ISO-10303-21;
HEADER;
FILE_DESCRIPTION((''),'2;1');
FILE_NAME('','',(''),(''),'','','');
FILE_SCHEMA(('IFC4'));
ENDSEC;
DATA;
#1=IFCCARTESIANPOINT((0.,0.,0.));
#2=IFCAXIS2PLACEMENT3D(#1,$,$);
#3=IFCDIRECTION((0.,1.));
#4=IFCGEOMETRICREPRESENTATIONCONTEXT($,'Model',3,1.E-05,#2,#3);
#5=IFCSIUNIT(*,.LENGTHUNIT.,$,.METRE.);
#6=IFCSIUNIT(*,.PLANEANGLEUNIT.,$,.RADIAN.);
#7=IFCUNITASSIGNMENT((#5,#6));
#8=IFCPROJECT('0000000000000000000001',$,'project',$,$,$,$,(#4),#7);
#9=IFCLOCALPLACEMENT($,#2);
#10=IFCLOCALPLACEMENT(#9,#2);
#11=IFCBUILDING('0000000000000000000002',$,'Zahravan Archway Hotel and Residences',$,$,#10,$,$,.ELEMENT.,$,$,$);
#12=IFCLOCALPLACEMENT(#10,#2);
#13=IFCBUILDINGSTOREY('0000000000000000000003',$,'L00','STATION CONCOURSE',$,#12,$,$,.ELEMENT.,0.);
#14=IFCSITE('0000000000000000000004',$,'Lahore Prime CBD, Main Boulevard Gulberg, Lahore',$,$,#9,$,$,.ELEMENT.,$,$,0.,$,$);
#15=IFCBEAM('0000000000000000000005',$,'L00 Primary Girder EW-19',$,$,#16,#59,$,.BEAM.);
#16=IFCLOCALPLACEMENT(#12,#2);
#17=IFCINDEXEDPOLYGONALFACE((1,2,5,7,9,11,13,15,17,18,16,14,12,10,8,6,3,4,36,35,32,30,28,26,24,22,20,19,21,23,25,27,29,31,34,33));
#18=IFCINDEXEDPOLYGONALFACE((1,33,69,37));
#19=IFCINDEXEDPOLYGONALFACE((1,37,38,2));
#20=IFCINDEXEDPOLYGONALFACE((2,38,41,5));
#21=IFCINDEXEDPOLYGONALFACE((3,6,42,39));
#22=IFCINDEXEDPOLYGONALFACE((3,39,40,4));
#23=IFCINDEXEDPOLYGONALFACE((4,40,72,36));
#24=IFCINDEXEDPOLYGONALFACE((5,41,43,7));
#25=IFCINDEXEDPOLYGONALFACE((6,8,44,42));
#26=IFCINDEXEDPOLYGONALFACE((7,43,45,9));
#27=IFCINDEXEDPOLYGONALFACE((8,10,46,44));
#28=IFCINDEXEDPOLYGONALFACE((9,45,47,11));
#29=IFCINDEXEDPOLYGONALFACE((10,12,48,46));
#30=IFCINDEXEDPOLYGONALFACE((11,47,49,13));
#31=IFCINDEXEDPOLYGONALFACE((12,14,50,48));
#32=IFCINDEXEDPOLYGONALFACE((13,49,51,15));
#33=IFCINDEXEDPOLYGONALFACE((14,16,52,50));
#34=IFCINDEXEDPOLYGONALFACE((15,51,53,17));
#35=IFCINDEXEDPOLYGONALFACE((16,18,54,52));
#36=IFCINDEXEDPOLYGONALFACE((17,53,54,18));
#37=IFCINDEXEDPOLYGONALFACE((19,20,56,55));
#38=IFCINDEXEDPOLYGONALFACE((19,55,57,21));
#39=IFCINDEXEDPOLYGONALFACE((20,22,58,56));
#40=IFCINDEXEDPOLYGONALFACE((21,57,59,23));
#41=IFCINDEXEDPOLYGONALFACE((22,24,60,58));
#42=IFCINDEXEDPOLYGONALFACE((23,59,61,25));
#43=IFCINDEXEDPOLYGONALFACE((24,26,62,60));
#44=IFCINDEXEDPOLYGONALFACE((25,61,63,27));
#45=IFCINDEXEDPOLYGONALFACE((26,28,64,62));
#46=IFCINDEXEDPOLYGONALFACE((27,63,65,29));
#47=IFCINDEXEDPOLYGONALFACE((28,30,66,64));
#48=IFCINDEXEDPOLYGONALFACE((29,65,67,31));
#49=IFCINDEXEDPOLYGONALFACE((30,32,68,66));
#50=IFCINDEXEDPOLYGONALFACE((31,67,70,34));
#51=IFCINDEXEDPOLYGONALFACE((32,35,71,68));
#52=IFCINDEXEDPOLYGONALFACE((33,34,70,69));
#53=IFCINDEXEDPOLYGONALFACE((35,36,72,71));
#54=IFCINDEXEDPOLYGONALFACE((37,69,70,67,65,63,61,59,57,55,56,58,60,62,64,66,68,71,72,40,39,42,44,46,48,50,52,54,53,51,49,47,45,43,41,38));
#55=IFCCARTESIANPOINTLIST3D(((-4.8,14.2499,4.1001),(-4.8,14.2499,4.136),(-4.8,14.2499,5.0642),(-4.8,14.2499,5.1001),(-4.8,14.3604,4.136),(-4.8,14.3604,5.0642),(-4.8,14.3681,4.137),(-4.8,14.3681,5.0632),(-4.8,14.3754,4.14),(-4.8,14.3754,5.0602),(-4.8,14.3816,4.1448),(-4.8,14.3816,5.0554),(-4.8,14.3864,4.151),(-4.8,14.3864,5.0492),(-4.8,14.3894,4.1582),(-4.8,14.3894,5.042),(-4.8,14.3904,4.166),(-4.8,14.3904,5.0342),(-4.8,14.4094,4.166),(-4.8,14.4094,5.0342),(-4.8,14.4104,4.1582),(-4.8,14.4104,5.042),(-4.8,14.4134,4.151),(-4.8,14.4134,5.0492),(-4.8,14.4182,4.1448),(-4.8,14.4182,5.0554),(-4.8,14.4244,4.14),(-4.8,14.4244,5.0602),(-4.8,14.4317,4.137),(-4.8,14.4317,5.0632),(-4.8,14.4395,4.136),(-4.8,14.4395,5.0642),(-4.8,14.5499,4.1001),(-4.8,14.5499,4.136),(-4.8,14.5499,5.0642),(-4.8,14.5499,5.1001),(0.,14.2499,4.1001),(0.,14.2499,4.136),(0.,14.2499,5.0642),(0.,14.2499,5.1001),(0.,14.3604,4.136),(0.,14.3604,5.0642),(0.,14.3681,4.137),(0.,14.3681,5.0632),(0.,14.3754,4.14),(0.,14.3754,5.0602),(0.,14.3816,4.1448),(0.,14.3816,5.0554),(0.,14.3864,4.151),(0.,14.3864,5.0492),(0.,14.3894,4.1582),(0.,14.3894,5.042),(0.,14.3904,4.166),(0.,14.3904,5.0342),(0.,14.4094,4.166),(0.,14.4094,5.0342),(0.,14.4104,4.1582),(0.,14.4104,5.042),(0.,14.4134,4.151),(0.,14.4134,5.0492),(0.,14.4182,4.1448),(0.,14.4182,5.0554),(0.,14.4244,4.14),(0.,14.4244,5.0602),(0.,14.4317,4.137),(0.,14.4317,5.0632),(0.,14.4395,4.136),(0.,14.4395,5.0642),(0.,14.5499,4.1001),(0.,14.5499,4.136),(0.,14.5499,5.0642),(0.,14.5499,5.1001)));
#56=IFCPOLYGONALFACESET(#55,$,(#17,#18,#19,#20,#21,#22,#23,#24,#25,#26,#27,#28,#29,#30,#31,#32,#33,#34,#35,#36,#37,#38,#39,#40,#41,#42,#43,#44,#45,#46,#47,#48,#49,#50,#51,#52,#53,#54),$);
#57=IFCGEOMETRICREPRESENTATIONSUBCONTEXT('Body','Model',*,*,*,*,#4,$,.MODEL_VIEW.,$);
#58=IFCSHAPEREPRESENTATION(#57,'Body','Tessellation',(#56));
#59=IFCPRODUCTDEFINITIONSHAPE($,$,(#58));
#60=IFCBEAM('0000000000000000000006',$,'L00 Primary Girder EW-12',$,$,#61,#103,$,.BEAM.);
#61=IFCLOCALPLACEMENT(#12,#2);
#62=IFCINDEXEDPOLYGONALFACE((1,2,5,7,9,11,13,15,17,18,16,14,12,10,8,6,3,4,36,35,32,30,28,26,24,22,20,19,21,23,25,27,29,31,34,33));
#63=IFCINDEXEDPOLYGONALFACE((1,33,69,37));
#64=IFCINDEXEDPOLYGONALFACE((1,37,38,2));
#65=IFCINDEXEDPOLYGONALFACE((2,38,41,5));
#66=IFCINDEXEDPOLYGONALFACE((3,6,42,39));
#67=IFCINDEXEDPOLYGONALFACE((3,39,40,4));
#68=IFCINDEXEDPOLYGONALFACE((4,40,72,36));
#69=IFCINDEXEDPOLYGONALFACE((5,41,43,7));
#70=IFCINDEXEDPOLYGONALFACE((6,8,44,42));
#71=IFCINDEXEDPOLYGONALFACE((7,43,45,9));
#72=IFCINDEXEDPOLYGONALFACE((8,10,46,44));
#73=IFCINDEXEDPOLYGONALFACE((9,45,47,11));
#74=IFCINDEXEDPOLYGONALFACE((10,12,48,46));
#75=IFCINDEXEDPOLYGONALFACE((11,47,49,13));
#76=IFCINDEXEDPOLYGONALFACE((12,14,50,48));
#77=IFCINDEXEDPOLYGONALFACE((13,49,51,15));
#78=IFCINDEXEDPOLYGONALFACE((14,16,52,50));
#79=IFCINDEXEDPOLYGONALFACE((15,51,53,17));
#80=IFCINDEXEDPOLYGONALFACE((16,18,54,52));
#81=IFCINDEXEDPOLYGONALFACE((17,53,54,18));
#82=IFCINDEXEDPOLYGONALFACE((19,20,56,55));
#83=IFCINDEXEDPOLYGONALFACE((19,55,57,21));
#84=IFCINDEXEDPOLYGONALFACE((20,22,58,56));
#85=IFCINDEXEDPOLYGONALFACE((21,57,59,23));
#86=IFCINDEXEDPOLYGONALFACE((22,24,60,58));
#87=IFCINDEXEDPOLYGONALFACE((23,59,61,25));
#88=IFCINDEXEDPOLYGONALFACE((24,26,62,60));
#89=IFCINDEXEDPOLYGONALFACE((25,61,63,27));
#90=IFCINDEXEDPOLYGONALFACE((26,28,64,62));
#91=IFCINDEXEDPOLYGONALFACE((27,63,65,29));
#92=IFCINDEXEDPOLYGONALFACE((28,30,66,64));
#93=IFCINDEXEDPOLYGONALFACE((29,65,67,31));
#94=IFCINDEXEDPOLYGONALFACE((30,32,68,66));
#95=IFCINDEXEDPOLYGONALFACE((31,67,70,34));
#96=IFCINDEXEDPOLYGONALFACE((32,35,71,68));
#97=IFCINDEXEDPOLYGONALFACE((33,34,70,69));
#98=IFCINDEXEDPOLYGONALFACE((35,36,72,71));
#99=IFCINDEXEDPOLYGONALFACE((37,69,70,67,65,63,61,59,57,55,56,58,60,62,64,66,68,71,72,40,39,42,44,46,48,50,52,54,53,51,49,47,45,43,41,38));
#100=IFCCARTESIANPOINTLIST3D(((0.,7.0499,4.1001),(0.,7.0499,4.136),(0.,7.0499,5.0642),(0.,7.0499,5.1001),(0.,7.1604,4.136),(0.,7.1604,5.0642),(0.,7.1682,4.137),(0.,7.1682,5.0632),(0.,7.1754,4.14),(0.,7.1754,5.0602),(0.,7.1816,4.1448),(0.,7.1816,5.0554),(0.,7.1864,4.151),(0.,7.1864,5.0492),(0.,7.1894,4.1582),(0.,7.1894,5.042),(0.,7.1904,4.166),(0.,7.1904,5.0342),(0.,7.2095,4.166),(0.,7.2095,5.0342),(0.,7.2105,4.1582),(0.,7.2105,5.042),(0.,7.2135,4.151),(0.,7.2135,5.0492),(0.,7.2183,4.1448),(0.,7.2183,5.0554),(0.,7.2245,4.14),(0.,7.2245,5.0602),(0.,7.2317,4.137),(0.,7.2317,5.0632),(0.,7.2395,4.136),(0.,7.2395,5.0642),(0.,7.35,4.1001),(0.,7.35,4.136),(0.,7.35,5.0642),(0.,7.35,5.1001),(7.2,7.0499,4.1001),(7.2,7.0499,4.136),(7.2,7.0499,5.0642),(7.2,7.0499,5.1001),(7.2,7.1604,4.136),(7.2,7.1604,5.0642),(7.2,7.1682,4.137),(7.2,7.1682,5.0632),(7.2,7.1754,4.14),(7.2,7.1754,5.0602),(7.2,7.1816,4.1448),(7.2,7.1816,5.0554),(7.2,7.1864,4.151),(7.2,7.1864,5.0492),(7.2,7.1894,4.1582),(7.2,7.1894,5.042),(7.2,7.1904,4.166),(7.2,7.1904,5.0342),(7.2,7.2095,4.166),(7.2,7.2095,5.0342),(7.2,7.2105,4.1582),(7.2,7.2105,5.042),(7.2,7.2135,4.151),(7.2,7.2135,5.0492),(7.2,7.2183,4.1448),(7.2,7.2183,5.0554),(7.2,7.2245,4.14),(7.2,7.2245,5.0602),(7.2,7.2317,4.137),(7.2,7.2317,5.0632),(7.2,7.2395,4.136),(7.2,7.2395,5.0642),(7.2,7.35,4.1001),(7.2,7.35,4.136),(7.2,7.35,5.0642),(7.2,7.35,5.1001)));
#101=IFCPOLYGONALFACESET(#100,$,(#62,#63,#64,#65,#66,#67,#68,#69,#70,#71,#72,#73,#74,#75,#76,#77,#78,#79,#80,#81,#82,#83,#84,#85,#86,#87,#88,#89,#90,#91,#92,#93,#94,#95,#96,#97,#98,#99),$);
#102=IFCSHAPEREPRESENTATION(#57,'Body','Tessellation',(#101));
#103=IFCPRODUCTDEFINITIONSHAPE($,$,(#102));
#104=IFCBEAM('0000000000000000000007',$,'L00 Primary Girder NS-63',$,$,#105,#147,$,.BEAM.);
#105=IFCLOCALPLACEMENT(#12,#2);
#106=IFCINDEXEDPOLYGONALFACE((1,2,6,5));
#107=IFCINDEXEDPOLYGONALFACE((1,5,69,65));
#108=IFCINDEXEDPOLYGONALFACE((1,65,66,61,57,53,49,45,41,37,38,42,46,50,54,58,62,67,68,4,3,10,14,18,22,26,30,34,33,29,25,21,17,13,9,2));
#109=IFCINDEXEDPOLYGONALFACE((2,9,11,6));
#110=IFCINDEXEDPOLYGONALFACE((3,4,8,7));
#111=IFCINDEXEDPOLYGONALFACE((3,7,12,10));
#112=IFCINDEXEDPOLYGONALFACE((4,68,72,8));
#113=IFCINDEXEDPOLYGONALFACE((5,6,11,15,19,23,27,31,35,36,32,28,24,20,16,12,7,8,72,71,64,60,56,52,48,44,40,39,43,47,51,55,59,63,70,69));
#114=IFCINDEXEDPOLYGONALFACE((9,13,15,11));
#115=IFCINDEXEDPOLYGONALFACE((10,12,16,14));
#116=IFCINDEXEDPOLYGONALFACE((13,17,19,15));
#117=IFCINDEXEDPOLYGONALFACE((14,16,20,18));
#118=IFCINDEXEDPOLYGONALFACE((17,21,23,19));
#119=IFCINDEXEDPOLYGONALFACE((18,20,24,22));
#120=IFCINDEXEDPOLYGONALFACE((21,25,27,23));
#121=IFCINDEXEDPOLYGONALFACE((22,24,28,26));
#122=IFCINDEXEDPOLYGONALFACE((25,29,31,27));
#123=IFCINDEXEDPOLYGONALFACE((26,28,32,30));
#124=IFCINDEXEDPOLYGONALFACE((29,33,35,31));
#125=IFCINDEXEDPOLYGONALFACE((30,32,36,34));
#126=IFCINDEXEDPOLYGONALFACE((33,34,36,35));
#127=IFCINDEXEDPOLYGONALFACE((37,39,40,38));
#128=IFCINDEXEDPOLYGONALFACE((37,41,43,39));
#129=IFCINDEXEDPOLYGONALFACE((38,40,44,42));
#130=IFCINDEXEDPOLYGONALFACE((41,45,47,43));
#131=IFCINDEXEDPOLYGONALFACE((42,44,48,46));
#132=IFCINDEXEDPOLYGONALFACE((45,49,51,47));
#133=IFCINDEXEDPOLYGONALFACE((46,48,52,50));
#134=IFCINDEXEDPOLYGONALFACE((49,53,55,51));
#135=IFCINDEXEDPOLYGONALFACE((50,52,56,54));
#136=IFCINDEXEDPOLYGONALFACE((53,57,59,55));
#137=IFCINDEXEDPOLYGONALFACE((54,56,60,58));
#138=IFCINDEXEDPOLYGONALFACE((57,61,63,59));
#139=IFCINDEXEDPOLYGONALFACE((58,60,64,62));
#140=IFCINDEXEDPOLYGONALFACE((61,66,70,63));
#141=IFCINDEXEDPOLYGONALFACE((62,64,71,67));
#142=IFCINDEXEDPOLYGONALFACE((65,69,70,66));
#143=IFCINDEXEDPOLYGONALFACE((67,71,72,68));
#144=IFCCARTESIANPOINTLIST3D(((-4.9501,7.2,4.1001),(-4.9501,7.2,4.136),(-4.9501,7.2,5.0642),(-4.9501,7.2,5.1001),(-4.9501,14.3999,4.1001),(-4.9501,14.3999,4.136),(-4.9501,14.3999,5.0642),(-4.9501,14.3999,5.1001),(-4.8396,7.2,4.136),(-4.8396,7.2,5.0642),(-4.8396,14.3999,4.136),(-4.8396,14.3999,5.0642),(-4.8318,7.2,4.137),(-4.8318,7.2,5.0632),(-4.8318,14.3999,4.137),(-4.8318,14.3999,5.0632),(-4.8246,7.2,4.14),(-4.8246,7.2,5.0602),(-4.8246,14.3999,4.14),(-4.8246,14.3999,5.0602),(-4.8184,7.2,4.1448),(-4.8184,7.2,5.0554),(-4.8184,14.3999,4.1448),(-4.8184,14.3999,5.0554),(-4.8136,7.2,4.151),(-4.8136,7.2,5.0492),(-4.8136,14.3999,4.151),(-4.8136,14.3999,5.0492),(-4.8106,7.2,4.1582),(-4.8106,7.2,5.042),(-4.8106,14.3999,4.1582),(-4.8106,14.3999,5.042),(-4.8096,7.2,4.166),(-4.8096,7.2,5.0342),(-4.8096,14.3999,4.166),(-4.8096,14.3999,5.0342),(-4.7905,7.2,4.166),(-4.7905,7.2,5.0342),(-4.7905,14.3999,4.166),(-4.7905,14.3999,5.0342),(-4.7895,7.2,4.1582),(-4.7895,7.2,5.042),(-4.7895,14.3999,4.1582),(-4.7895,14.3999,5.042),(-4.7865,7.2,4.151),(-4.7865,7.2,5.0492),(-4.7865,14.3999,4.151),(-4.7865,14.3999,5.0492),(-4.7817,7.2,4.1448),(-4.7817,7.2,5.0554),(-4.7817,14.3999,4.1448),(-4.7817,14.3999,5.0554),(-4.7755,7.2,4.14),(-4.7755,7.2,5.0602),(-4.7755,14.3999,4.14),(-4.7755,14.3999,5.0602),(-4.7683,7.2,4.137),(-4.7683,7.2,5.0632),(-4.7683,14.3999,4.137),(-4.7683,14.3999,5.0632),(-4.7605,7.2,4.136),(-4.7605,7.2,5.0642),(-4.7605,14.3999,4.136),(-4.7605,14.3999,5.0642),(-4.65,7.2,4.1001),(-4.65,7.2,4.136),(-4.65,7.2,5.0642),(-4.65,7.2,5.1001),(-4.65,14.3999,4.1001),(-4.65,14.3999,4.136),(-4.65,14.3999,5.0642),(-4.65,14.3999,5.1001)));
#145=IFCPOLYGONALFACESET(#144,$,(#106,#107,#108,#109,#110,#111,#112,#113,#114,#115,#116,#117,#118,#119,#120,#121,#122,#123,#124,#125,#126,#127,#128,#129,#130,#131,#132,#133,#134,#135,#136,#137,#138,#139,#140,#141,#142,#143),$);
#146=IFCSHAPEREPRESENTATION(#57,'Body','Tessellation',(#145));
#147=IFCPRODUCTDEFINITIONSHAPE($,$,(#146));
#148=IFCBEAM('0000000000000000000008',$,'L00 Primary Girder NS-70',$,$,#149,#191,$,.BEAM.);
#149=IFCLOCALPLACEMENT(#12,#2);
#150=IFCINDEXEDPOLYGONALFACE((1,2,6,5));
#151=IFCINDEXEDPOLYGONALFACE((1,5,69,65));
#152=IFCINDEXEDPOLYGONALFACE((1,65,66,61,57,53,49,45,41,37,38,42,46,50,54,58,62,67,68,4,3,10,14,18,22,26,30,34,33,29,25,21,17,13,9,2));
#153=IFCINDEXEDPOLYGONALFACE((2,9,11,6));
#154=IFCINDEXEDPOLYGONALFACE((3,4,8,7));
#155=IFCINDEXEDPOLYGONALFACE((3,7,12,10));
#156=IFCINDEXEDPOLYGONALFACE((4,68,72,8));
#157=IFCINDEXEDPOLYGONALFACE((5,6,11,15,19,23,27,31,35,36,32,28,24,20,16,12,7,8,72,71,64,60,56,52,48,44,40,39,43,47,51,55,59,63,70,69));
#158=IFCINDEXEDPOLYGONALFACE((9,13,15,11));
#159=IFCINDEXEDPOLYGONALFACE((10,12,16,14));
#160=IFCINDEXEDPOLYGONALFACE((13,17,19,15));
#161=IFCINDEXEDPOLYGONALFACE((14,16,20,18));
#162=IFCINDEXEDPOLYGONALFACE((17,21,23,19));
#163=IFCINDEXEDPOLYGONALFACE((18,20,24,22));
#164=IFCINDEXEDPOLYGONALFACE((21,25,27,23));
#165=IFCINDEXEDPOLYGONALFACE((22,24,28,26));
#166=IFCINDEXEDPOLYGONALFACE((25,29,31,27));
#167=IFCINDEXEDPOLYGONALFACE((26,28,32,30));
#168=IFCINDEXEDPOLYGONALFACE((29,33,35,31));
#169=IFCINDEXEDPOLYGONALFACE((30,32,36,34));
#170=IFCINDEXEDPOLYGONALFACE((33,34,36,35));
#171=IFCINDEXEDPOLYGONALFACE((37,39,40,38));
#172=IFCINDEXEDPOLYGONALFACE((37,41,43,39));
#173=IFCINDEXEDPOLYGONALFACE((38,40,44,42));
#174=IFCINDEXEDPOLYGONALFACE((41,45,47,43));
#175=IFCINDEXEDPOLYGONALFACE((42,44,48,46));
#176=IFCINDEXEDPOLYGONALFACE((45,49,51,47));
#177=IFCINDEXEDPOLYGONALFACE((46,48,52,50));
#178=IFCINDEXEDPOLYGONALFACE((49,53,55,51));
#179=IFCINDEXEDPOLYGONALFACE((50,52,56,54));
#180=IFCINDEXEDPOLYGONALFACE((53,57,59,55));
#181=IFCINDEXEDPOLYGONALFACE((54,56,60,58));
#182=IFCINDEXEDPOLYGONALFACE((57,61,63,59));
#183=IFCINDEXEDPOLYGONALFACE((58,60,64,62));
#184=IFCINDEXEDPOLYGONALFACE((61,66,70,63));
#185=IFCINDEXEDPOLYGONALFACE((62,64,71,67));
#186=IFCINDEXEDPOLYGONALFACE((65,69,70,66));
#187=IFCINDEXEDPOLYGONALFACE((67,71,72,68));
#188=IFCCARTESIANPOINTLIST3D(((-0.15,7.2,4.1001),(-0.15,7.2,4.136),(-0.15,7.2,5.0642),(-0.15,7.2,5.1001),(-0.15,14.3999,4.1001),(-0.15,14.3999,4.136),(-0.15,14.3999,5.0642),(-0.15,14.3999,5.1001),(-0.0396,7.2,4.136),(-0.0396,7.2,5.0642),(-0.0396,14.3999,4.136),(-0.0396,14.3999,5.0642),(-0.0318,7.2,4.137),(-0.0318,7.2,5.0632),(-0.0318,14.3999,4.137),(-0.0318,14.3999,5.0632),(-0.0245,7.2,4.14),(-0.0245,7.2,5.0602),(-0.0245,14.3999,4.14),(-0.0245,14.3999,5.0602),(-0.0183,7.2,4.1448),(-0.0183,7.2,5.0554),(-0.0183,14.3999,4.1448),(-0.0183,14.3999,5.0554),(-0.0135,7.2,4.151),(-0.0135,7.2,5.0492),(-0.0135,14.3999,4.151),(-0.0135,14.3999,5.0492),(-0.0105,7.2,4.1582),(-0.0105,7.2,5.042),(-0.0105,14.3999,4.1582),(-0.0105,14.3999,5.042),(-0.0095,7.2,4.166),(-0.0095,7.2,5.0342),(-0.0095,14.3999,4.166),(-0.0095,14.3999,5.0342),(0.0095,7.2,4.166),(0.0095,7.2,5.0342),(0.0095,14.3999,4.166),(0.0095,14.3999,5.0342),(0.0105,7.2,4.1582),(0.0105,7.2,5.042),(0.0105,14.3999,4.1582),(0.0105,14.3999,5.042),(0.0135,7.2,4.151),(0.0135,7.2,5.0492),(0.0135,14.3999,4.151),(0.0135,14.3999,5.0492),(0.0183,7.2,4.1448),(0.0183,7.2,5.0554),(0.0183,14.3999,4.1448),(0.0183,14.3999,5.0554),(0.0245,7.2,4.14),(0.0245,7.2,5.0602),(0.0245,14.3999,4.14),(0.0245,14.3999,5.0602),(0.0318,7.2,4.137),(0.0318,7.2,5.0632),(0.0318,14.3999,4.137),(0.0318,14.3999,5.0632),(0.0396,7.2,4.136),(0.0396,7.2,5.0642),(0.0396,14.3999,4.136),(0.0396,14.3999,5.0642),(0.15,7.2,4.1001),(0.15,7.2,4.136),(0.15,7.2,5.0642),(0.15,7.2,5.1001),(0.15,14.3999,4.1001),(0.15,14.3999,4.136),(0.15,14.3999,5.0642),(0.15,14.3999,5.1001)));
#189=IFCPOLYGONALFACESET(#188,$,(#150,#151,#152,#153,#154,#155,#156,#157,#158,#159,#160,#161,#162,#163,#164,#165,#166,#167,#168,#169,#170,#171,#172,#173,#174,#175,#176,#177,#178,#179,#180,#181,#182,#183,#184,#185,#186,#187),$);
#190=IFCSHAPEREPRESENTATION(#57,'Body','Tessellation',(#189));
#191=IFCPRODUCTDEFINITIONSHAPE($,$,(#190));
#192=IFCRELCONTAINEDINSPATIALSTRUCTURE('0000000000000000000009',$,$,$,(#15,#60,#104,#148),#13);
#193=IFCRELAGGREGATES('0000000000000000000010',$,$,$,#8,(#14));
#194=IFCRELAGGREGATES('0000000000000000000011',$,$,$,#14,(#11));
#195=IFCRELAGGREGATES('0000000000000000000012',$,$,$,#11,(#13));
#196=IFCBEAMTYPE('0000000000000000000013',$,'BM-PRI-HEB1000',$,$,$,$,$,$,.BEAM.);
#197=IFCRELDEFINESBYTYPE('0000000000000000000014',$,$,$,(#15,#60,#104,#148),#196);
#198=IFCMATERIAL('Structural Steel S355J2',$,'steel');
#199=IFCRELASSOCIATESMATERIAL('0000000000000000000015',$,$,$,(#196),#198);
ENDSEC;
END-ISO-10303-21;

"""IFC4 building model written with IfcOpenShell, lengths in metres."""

from ifc_helpers import new_model, si_unit, direction, frame, origin, origin_2d, place, context, subcontext, project, spatial, i_section, extrude, source, transform, mapped, material, material_profile, profile_set, type_object, type_shapes, element, save


model = new_model("IFC4")

# Units and contexts
model_context = context("Model", 3, precision=1e-05, world=origin(), true_north=direction((0.0, 1.0)))
body_context = subcontext(model_context, "Body", "Model", "MODEL_VIEW")
ifc_project = project(units=[si_unit("LENGTHUNIT", "METRE"), si_unit("PLANEANGLEUNIT", "RADIAN")], contexts=[model_context])

# Site, building, storey
site_placement = place(None, origin())
site = spatial("IfcSite", under=ifc_project, at=site_placement, Name="Lahore Prime CBD, Main Boulevard Gulberg, Lahore", CompositionType="ELEMENT", RefElevation=0.0)
building_placement = place(site_placement, origin())
building = spatial("IfcBuilding", under=site, at=building_placement, Name="Zahravan Archway Hotel and Residences", CompositionType="ELEMENT")
storey_placement = place(building_placement, origin())
storey = spatial("IfcBuildingStorey", under=building, at=storey_placement, Name="L00", Description="STATION CONCOURSE", CompositionType="ELEMENT", Elevation=0.0)

# Beams
ifc_material_1 = material(Name="Structural Steel S355J2", Category="steel")
ifc_material_profile_1 = material_profile(ifc_material_1, i_section(OverallWidth=0.3, OverallDepth=1.0, WebThickness=0.019, FlangeThickness=0.0359, FilletRadius=0.03, at=origin_2d()), Name="HEB 1000", Category="steel")
ifc_profile_set_1 = profile_set([ifc_material_profile_1], Name="Structural Steel S355J2")
beam_type_1 = type_object("IfcBeamType", Name="BM-PRI-HEB1000", PredefinedType="BEAM", material=ifc_profile_set_1)
shared_shape_1 = source(origin(), body_context, "Body", "SweptSolid", [
    extrude(i_section(OverallWidth=0.3, OverallDepth=1.0, WebThickness=0.019, FlangeThickness=0.0359, FilletRadius=0.03, at=origin_2d()), origin(), (0.0, 0.0, 1.0), 4.8),
])
type_shapes(beam_type_1, [shared_shape_1])
for number, where, z_axis, x_axis, name in (
    (1, (-4.8, 14.3999, 4.6001), (1.0, 0.0, 0.0), (0.0, 1.0, 0.0), "L00 Primary Girder EW-19"),
):
    element("IfcBeam", number, at=place(storey_placement, frame(where, z_axis=z_axis, x_axis=x_axis)), inside=storey, type_object=beam_type_1, Name=name, PredefinedType="BEAM", context=body_context, shape_type="MappedRepresentation", body=[
        mapped(shared_shape_1, transform((0.0, 0.0, 0.0), scale=1.0)),
    ])
shared_shape_2 = source(origin(), body_context, "Body", "SweptSolid", [
    extrude(i_section(OverallWidth=0.3, OverallDepth=1.0, WebThickness=0.019, FlangeThickness=0.0359, FilletRadius=0.03, at=origin_2d()), origin(), (0.0, 0.0, 1.0), 7.2),
])
for number, where, z_axis, x_axis, name in (
    (2, (0.0, 7.2, 4.6001), (1.0, 0.0, 0.0), (0.0, 1.0, 0.0), "L00 Primary Girder EW-12"),
    (3, (-4.8, 7.2, 4.6001), (0.0, 1.0, 0.0), (-1.0, 0.0, 0.0), "L00 Primary Girder NS-63"),
    (4, (0.0, 7.2, 4.6001), (0.0, 1.0, 0.0), (-1.0, 0.0, 0.0), "L00 Primary Girder NS-70"),
):
    element("IfcBeam", number, at=place(storey_placement, frame(where, z_axis=z_axis, x_axis=x_axis)), inside=storey, type_object=beam_type_1, Name=name, PredefinedType="BEAM", context=body_context, shape_type="MappedRepresentation", body=[
        mapped(shared_shape_2, transform((0.0, 0.0, 0.0), scale=1.0)),
    ])

save(model, "model.ifc")
